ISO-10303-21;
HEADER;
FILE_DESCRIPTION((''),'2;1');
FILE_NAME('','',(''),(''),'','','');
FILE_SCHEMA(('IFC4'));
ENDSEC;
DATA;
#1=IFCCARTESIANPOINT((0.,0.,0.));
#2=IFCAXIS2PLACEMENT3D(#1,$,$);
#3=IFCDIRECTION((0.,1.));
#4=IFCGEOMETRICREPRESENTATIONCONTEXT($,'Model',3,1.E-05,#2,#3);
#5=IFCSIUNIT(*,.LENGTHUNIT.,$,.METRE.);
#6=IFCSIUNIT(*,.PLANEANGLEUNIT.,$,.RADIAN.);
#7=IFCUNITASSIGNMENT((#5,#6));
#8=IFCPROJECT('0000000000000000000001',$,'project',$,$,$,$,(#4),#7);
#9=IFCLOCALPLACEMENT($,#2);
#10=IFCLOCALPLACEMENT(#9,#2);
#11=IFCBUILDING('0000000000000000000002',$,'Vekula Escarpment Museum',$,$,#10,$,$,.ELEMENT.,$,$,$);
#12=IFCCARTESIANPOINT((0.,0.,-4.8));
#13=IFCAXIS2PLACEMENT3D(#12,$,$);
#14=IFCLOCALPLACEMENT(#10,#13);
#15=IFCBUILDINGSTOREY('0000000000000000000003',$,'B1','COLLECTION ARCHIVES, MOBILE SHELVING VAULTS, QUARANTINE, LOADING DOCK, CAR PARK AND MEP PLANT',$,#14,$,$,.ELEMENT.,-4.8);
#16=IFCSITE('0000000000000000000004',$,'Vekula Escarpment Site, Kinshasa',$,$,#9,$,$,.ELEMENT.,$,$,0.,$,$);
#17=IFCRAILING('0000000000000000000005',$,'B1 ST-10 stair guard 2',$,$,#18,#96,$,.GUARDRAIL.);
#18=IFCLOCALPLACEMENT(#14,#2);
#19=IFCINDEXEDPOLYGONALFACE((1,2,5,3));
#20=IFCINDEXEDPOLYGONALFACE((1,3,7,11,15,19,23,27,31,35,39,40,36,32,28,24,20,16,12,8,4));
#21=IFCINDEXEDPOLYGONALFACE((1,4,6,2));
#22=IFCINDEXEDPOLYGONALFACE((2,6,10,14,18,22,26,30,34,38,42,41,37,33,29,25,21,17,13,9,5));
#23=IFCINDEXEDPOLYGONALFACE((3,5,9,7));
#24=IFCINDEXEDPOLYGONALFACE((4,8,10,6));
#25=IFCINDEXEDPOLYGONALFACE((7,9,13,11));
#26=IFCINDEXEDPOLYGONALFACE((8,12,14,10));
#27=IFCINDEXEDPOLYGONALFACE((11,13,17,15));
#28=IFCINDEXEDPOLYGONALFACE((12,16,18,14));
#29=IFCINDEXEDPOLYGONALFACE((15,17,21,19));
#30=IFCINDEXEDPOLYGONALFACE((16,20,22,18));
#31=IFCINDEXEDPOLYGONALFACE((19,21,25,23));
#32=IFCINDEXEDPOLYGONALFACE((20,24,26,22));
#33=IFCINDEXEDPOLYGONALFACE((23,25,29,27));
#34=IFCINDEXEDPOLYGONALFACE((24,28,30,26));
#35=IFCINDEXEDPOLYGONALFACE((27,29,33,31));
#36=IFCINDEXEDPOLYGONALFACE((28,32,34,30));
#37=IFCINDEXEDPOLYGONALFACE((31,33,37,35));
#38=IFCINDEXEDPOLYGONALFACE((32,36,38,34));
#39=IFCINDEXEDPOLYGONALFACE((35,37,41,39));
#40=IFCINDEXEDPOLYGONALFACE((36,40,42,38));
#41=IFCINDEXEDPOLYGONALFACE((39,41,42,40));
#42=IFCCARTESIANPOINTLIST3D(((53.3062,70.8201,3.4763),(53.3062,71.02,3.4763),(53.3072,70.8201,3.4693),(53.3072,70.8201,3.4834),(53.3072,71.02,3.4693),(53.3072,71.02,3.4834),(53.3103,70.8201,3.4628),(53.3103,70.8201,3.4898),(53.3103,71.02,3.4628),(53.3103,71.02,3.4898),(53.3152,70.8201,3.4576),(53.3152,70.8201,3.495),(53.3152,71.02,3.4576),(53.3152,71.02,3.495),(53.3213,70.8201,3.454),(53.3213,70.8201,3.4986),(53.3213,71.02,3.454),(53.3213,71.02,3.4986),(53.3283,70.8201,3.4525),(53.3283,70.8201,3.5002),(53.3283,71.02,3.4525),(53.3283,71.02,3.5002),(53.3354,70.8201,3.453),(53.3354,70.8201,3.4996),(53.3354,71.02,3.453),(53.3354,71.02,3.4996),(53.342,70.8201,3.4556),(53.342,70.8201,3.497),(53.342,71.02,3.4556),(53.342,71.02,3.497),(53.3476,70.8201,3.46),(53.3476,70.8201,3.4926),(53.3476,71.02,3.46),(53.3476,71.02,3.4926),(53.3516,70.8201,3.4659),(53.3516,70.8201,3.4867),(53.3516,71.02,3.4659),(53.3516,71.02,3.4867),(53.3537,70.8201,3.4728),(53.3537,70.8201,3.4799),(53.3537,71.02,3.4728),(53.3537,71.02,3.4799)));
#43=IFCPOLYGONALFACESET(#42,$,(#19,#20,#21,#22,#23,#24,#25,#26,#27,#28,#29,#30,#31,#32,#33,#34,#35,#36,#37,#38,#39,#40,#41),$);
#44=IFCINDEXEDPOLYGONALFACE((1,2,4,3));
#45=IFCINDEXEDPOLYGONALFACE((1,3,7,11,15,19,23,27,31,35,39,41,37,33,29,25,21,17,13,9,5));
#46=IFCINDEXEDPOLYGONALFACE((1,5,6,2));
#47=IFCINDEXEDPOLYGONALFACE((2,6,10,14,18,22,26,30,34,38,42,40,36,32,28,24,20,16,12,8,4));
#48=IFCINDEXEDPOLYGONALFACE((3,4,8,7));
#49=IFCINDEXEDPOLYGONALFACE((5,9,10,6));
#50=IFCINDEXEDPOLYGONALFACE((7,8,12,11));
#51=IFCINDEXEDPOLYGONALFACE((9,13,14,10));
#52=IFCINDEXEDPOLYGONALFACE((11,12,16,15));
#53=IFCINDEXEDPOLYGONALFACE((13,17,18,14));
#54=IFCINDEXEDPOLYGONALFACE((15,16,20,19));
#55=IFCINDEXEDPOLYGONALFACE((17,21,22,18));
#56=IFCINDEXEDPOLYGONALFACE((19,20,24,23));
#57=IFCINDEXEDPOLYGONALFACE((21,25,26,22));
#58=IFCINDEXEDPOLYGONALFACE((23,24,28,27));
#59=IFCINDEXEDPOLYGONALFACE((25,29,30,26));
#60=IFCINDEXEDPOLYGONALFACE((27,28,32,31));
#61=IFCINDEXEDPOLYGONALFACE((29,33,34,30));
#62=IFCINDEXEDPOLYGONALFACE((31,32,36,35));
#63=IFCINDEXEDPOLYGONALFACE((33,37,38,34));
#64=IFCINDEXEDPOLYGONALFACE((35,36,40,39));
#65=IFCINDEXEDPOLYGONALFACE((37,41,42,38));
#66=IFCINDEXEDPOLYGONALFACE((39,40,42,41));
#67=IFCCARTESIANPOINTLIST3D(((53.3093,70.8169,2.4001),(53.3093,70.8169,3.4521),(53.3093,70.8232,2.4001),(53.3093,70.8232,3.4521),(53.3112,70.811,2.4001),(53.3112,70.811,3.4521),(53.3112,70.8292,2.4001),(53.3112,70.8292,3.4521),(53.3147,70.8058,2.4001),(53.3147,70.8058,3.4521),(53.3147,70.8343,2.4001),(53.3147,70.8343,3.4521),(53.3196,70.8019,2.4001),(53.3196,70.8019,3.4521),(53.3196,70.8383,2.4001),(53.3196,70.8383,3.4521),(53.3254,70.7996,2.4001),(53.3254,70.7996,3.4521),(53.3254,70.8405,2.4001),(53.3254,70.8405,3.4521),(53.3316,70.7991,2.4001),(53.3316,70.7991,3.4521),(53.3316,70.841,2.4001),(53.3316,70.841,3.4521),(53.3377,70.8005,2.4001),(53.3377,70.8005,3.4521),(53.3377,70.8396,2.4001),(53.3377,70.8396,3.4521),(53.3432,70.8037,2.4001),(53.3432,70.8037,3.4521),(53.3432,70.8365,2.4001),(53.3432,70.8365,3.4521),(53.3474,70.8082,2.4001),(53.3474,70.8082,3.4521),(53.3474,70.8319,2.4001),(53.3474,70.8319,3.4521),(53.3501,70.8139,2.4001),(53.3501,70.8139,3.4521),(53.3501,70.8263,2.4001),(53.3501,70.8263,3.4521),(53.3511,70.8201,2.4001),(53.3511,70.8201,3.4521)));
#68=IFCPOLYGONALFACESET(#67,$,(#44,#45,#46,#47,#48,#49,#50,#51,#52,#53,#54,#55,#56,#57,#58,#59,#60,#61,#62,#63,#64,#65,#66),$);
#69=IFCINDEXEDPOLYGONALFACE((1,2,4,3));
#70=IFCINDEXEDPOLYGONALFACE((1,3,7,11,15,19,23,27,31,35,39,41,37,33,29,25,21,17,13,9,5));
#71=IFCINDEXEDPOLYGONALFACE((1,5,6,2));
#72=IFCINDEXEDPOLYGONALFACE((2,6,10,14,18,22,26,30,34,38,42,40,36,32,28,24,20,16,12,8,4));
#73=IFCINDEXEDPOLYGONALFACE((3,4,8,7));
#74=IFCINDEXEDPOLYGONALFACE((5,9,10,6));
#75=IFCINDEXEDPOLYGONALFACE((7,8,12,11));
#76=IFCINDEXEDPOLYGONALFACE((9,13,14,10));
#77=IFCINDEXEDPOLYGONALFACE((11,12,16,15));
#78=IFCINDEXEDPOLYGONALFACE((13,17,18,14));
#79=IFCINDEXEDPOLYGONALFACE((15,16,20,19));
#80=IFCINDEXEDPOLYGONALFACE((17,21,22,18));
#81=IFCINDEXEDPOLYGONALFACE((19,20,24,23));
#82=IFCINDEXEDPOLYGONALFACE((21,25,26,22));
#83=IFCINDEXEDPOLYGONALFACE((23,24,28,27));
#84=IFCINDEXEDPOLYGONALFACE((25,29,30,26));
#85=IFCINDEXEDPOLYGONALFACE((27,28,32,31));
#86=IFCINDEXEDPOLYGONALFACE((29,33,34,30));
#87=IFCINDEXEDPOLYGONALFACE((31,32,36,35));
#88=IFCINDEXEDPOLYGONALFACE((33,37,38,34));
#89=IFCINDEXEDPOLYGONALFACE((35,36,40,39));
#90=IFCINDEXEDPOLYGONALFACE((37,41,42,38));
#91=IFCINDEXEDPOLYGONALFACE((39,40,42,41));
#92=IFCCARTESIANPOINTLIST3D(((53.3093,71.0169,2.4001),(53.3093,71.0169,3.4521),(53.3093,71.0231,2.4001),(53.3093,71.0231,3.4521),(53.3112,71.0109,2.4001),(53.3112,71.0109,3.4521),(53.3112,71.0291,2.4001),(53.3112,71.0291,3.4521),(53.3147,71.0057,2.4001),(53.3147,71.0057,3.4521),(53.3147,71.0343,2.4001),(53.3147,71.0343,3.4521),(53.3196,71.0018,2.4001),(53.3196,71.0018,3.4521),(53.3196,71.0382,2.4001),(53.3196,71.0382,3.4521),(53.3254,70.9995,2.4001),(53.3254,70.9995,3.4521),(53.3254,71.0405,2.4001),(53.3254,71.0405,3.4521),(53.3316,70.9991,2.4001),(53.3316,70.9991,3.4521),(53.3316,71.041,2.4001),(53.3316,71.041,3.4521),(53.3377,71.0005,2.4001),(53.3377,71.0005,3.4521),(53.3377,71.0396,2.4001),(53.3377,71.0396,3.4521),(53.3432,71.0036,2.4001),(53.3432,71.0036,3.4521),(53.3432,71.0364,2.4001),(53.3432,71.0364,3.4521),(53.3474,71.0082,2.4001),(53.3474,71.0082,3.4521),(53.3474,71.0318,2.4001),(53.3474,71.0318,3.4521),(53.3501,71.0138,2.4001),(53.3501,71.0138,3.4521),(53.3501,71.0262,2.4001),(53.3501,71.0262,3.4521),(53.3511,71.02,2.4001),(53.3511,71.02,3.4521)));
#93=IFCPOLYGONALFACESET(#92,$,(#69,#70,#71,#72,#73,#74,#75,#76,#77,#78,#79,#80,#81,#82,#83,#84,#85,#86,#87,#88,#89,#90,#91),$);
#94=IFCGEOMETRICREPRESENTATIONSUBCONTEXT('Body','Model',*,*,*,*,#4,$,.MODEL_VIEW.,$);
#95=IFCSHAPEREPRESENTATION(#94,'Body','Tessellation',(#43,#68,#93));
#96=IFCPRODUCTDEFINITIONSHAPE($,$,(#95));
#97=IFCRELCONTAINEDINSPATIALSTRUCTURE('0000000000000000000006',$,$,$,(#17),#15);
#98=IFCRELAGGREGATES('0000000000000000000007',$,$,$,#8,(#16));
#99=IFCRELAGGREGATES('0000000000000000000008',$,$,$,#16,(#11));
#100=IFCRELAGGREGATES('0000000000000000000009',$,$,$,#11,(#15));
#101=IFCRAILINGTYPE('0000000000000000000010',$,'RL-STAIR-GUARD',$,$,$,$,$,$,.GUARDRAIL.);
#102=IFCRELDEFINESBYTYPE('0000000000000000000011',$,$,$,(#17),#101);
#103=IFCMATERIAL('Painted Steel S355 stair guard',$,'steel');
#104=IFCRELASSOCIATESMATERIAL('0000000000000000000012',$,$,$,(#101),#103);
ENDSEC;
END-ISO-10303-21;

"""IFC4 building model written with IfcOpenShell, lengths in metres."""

from ifc_helpers import new_model, si_unit, direction, frame, origin, origin_2d, place, context, subcontext, project, spatial, circle, extrude, material, type_object, element, save


model = new_model("IFC4")

# Units and contexts
model_context = context("Model", 3, precision=1e-05, world=origin(), true_north=direction((0.0, 1.0)))
body_context = subcontext(model_context, "Body", "Model", "MODEL_VIEW")
ifc_project = project(units=[si_unit("LENGTHUNIT", "METRE"), si_unit("PLANEANGLEUNIT", "RADIAN")], contexts=[model_context])

# Site, building, storey
site_placement = place(None, origin())
site = spatial("IfcSite", under=ifc_project, at=site_placement, Name="Vekula Escarpment Site, Kinshasa", CompositionType="ELEMENT", RefElevation=0.0)
building_placement = place(site_placement, origin())
building = spatial("IfcBuilding", under=site, at=building_placement, Name="Vekula Escarpment Museum", CompositionType="ELEMENT")
storey_placement = place(building_placement, frame((0.0, 0.0, -4.8)))
storey = spatial("IfcBuildingStorey", under=building, at=storey_placement, Name="B1", Description="COLLECTION ARCHIVES, MOBILE SHELVING VAULTS, QUARANTINE, LOADING DOCK, CAR PARK AND MEP PLANT", CompositionType="ELEMENT", Elevation=-4.8)

# Railing
ifc_material_1 = material(Name="Painted Steel S355 stair guard", Category="steel")
railing_type_1 = type_object("IfcRailingType", Name="RL-STAIR-GUARD", PredefinedType="GUARDRAIL", material=ifc_material_1)
railing_1_placement = place(storey_placement, frame((53.3301, 70.8201, 2.4001)))
element("IfcRailing", 1, at=railing_1_placement, inside=storey, type_object=railing_type_1, Name="B1 ST-10 stair guard 2", PredefinedType="GUARDRAIL", context=body_context, shape_type="SweptSolid", body=[
    extrude(circle(Radius=0.0239, at=origin_2d()), frame((0.0, 0.0, 1.0762), z_axis=(0.0, 1.0, 0.0), x_axis=(-1.0, 0.0, 0.0)), (0.0, 0.0, 1.0), 0.2),
    extrude(circle(Radius=0.021, at=origin_2d()), origin(), (0.0, 0.0, 1.0), 1.052),
    extrude(circle(Radius=0.021, at=origin_2d()), frame((0.0, 0.2, 0.0)), (0.0, 0.0, 1.0), 1.052),
])

save(model, "model.ifc")
